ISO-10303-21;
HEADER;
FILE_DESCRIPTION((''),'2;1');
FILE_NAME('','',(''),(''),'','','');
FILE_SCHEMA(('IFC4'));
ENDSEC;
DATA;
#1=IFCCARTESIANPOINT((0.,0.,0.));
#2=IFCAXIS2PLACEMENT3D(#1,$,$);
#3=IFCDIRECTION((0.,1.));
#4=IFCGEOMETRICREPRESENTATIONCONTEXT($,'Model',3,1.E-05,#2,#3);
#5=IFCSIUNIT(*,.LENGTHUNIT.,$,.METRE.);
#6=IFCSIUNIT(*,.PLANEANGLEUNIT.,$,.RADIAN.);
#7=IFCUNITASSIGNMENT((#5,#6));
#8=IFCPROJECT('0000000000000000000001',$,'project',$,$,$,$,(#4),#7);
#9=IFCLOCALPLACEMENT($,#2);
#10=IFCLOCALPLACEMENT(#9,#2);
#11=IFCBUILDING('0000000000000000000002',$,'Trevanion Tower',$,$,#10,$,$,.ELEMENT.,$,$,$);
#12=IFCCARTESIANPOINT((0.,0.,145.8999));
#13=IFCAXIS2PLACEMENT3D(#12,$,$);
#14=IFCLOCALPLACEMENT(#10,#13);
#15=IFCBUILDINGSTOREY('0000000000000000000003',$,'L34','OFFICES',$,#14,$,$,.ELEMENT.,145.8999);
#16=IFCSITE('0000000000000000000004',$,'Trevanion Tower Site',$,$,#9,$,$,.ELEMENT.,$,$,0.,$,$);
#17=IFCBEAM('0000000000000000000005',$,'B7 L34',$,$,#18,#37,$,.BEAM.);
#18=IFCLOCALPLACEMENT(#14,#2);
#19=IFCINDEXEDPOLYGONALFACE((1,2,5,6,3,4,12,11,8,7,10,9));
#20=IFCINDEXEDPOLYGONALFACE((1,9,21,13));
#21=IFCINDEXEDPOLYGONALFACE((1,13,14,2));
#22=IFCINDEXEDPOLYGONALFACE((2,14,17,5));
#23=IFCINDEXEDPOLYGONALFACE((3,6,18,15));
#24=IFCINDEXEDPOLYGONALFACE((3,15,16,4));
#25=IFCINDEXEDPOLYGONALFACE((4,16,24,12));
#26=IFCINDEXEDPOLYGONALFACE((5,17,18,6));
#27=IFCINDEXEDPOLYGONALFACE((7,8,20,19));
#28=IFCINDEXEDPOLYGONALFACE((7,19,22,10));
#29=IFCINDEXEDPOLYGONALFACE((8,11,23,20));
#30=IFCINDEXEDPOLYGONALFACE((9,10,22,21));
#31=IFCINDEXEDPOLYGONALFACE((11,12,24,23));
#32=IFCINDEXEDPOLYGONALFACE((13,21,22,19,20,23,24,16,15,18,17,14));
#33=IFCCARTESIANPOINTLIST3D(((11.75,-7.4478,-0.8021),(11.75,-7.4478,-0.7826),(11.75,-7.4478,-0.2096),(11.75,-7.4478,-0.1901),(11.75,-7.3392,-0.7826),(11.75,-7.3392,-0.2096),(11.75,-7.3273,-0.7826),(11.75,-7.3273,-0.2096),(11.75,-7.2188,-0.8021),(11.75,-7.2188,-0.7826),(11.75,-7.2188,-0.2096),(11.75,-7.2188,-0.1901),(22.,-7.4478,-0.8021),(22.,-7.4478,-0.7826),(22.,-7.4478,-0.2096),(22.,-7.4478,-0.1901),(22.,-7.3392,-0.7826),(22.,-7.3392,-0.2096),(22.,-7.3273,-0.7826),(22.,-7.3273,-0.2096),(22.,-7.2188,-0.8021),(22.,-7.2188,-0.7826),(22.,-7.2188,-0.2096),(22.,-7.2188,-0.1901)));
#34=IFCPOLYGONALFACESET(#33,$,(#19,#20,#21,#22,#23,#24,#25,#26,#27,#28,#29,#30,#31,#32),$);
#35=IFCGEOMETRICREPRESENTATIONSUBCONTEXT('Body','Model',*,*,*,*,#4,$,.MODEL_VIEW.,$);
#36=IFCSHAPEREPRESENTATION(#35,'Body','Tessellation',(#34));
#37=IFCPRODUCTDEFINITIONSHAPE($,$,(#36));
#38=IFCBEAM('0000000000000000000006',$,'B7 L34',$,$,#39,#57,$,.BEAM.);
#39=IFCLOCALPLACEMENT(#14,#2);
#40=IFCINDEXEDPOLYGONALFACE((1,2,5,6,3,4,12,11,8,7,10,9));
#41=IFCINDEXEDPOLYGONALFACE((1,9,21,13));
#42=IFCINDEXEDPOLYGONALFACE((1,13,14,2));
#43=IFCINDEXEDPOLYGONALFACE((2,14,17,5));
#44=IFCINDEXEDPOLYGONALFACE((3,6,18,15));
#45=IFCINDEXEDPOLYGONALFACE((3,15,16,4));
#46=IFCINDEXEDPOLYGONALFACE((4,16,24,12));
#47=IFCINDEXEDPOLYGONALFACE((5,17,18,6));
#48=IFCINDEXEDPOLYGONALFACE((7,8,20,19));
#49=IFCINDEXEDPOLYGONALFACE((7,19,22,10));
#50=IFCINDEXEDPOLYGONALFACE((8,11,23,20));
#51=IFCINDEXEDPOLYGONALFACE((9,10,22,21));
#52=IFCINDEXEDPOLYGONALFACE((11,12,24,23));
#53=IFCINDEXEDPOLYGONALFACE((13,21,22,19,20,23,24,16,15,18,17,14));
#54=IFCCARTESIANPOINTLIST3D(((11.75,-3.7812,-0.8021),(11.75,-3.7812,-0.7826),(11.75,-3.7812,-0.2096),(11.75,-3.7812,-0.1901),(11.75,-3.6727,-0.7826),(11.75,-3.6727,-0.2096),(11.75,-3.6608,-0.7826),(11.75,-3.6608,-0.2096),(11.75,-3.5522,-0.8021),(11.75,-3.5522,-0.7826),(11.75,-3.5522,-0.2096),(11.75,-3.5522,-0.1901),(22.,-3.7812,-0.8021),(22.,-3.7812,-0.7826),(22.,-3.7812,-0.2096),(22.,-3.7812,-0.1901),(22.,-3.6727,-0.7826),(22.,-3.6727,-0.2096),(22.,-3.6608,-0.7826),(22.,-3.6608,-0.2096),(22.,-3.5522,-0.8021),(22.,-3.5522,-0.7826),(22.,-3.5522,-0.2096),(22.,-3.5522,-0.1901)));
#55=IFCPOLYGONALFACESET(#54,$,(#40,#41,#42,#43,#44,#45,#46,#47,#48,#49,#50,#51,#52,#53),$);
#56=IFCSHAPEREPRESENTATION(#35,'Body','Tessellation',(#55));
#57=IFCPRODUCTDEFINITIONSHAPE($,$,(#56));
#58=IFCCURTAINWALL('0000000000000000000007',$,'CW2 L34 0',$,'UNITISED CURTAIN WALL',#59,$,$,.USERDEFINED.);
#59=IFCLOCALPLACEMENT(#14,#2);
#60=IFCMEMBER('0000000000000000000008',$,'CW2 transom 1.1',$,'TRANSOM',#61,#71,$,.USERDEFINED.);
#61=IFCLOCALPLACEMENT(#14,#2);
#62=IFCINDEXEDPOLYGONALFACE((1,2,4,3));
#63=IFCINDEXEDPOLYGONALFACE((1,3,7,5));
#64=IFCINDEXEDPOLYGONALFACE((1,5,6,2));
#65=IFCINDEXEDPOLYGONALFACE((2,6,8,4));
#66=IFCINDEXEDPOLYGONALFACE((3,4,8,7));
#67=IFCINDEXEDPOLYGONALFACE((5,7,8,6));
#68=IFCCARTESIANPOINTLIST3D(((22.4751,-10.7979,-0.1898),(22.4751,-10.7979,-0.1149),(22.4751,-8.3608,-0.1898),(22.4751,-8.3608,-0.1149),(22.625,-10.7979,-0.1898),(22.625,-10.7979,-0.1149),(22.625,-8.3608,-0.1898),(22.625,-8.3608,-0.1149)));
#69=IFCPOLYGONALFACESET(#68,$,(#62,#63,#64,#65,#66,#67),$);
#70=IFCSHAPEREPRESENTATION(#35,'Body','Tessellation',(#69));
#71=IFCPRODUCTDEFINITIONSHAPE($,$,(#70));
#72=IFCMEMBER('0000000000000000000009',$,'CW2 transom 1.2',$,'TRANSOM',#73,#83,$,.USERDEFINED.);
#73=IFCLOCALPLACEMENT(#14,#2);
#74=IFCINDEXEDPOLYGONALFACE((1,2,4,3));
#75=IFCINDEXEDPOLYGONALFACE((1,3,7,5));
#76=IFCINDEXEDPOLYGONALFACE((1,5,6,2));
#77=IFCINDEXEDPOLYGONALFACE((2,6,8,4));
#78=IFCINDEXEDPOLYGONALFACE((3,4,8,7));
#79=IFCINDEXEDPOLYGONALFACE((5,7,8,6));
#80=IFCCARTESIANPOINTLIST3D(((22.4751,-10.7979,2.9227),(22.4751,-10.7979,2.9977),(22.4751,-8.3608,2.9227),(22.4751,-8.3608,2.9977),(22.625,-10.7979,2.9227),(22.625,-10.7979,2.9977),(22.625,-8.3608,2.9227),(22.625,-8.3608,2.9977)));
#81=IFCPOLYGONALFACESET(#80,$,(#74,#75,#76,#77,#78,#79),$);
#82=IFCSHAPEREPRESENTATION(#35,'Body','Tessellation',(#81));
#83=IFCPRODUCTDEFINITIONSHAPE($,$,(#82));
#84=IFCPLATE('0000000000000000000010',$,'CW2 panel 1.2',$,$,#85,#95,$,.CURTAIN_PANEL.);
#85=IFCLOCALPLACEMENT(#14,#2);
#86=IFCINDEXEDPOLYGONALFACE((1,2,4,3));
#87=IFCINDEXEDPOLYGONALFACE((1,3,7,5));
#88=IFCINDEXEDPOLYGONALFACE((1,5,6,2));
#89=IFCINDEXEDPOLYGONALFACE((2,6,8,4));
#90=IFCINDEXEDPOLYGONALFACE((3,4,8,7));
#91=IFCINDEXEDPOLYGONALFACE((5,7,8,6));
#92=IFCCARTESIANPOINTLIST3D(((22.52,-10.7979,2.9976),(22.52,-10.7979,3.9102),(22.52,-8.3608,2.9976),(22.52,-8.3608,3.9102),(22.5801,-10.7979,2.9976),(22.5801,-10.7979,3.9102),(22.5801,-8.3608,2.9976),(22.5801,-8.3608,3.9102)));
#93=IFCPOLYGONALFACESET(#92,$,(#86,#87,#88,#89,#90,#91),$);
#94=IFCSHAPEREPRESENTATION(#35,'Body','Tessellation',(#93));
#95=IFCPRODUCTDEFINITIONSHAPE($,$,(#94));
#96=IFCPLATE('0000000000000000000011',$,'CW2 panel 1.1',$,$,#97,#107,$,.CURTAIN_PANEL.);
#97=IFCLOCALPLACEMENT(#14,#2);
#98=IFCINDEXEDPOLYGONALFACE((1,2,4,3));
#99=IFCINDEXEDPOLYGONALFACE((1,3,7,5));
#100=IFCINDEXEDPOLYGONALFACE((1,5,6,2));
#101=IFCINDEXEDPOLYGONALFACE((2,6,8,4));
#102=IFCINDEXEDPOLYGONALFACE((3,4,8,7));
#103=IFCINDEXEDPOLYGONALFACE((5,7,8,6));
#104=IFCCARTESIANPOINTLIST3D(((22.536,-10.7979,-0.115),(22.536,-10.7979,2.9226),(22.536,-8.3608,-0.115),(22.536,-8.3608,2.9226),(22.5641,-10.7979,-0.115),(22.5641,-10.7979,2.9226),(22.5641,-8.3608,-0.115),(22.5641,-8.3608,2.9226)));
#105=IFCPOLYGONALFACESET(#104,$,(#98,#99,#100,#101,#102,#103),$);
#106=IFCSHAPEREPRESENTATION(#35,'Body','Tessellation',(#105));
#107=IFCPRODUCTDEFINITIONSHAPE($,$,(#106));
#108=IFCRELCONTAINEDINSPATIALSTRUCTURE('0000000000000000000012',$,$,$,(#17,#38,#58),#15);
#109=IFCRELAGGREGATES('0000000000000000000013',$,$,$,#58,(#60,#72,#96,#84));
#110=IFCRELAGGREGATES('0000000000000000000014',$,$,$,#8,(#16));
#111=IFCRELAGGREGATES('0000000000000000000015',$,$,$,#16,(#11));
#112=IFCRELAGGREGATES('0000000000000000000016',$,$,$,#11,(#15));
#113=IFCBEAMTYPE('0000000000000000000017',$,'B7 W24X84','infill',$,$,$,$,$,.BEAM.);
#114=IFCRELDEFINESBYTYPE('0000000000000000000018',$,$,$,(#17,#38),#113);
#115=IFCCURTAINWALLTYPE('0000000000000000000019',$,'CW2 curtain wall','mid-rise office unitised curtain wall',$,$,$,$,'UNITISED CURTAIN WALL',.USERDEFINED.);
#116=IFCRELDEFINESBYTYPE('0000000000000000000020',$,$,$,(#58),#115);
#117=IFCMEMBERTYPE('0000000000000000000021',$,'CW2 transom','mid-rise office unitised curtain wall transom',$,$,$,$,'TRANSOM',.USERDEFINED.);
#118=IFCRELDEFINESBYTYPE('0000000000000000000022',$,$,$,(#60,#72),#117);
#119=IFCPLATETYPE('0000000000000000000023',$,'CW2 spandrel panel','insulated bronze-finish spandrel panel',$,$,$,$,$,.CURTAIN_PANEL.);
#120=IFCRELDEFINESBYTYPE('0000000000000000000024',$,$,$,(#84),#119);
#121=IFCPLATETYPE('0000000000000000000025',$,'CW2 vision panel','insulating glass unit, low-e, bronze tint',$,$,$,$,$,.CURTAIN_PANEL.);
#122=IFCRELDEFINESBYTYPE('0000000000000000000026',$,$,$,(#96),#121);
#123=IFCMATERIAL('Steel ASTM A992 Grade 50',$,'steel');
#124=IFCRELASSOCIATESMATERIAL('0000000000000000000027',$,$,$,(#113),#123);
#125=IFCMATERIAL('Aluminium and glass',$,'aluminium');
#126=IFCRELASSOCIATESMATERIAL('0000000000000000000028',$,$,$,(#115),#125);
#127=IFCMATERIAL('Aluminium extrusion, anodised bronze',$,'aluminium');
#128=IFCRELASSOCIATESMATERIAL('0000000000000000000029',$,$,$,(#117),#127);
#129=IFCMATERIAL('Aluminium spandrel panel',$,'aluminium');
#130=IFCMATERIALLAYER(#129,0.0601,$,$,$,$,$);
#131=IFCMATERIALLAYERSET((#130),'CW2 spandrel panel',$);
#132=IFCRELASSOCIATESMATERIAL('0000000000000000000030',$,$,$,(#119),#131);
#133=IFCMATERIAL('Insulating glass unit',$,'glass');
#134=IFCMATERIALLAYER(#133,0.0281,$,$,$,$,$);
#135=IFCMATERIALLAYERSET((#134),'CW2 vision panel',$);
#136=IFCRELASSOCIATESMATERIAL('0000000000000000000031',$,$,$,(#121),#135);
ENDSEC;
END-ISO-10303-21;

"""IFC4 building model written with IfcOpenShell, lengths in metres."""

from ifc_helpers import new_model, si_unit, direction, frame, origin, origin_2d, place, context, subcontext, project, spatial, rectangle, i_section, extrude, material, layer, layer_set, material_profile, profile_set, type_object, element, aggregate, save


model = new_model("IFC4")

# Units and contexts
model_context = context("Model", 3, precision=1e-05, world=origin(), true_north=direction((0.0, 1.0)))
body_context = subcontext(model_context, "Body", "Model", "MODEL_VIEW")
ifc_project = project(units=[si_unit("LENGTHUNIT", "METRE"), si_unit("PLANEANGLEUNIT", "RADIAN")], contexts=[model_context])

# Site, building, storey
site_placement = place(None, origin())
site = spatial("IfcSite", under=ifc_project, at=site_placement, Name="Trevanion Tower Site", CompositionType="ELEMENT", RefElevation=0.0)
building_placement = place(site_placement, origin())
building = spatial("IfcBuilding", under=site, at=building_placement, Name="Trevanion Tower", CompositionType="ELEMENT")
storey_placement = place(building_placement, frame((0.0, 0.0, 145.8999)))
storey = spatial("IfcBuildingStorey", under=building, at=storey_placement, Name="L34", Description="OFFICES", CompositionType="ELEMENT", Elevation=145.8999)

# Beams
ifc_material_1 = material(Name="Steel ASTM A992 Grade 50", Category="steel")
ifc_material_profile_1 = material_profile(ifc_material_1, i_section(OverallWidth=0.229, OverallDepth=0.6121, WebThickness=0.012, FlangeThickness=0.0195, at=origin_2d()), Name="W24X84")
ifc_profile_set_1 = profile_set([ifc_material_profile_1], Name="Steel ASTM A992 Grade 50")
beam_type = type_object("IfcBeamType", Name="B7 W24X84", Description="infill", PredefinedType="BEAM", material=ifc_profile_set_1)
for number, where, z_axis, x_axis, name in (
    (1, (11.75, -7.3333, -0.4961), (1.0, 0.0, 0.0), (0.0, 1.0, 0.0), "B7 L34"),
    (2, (11.75, -3.6667, -0.4961), (1.0, 0.0, 0.0), (0.0, 1.0, 0.0), "B7 L34"),
):
    element("IfcBeam", number, at=place(storey_placement, frame(where, z_axis=z_axis, x_axis=x_axis)), inside=storey, type_object=beam_type, Name=name, PredefinedType="BEAM", context=body_context, shape_type="SweptSolid", body=[
        extrude(i_section(OverallWidth=0.229, OverallDepth=0.6121, WebThickness=0.012, FlangeThickness=0.0195, at=origin_2d()), origin(), (0.0, 0.0, 1.0), 10.25),
    ])

# Curtain wall, members, plates
ifc_material_2 = material(Name="Aluminium and glass", Category="aluminium")
curtain_wall_type = type_object("IfcCurtainWallType", Name="CW2 curtain wall", Description="mid-rise office unitised curtain wall", ElementType="UNITISED CURTAIN WALL", PredefinedType="USERDEFINED", material=ifc_material_2)
curtain_wall_placement = place(storey_placement, origin())
curtain_wall = element("IfcCurtainWall", 3, at=curtain_wall_placement, inside=storey, type_object=curtain_wall_type, Name="CW2 L34 0", ObjectType="UNITISED CURTAIN WALL", PredefinedType="USERDEFINED")
ifc_material_3 = material(Name="Aluminium extrusion, anodised bronze", Category="aluminium")
ifc_material_profile_2 = material_profile(ifc_material_3, rectangle(XDim=0.1499, YDim=0.075, at=origin_2d()), Name="CW2 transom")
ifc_profile_set_2 = profile_set([ifc_material_profile_2], Name="Aluminium extrusion, anodised bronze")
member_type = type_object("IfcMemberType", Name="CW2 transom", Description="mid-rise office unitised curtain wall transom", ElementType="TRANSOM", PredefinedType="USERDEFINED", material=ifc_profile_set_2)
member_1_placement = place(storey_placement, frame((22.55, -10.7979, -0.1523), z_axis=(0.0, 1.0, 0.0), x_axis=(-1.0, 0.0, 0.0)))
member_1 = element("IfcMember", 4, at=member_1_placement, type_object=member_type, Name="CW2 transom 1.1", ObjectType="TRANSOM", PredefinedType="USERDEFINED", context=body_context, shape_type="SweptSolid", body=[
    extrude(rectangle(XDim=0.1499, YDim=0.075, at=origin_2d()), origin(), (0.0, 0.0, 1.0), 2.437),
])
member_2_placement = place(storey_placement, frame((22.55, -10.7979, 2.9602), z_axis=(0.0, 1.0, 0.0), x_axis=(-1.0, 0.0, 0.0)))
member_2 = element("IfcMember", 5, at=member_2_placement, type_object=member_type, Name="CW2 transom 1.2", ObjectType="TRANSOM", PredefinedType="USERDEFINED", context=body_context, shape_type="SweptSolid", body=[
    extrude(rectangle(XDim=0.1499, YDim=0.075, at=origin_2d()), origin(), (0.0, 0.0, 1.0), 2.437),
])
ifc_material_4 = material(Name="Aluminium spandrel panel", Category="aluminium")
ifc_layer_1 = layer(ifc_material_4, 0.0601)
ifc_layer_set_1 = layer_set([ifc_layer_1], Name="CW2 spandrel panel")
plate_type_1 = type_object("IfcPlateType", Name="CW2 spandrel panel", Description="insulated bronze-finish spandrel panel", PredefinedType="CURTAIN_PANEL", material=ifc_layer_set_1)
plate_1_placement = place(storey_placement, frame((22.55, -9.5793, 2.9976), z_axis=(0.0, 0.0, 1.0), x_axis=(0.0, 1.0, 0.0)))
plate_1 = element("IfcPlate", 6, at=plate_1_placement, type_object=plate_type_1, Name="CW2 panel 1.2", PredefinedType="CURTAIN_PANEL", context=body_context, shape_type="SweptSolid", body=[
    extrude(rectangle(XDim=2.437, YDim=0.0601, at=origin_2d()), origin(), (0.0, 0.0, 1.0), 0.9126),
])
ifc_material_5 = material(Name="Insulating glass unit", Category="glass")
ifc_layer_2 = layer(ifc_material_5, 0.0281)
ifc_layer_set_2 = layer_set([ifc_layer_2], Name="CW2 vision panel")
plate_type_2 = type_object("IfcPlateType", Name="CW2 vision panel", Description="insulating glass unit, low-e, bronze tint", PredefinedType="CURTAIN_PANEL", material=ifc_layer_set_2)
plate_2_placement = place(storey_placement, frame((22.55, -9.5793, -0.115), z_axis=(0.0, 0.0, 1.0), x_axis=(0.0, 1.0, 0.0)))
plate_2 = element("IfcPlate", 7, at=plate_2_placement, type_object=plate_type_2, Name="CW2 panel 1.1", PredefinedType="CURTAIN_PANEL", context=body_context, shape_type="SweptSolid", body=[
    extrude(rectangle(XDim=2.437, YDim=0.0281, at=origin_2d()), origin(), (0.0, 0.0, 1.0), 3.0376),
])
aggregate(curtain_wall, [member_1, member_2, plate_2, plate_1])

save(model, "model.ifc")
